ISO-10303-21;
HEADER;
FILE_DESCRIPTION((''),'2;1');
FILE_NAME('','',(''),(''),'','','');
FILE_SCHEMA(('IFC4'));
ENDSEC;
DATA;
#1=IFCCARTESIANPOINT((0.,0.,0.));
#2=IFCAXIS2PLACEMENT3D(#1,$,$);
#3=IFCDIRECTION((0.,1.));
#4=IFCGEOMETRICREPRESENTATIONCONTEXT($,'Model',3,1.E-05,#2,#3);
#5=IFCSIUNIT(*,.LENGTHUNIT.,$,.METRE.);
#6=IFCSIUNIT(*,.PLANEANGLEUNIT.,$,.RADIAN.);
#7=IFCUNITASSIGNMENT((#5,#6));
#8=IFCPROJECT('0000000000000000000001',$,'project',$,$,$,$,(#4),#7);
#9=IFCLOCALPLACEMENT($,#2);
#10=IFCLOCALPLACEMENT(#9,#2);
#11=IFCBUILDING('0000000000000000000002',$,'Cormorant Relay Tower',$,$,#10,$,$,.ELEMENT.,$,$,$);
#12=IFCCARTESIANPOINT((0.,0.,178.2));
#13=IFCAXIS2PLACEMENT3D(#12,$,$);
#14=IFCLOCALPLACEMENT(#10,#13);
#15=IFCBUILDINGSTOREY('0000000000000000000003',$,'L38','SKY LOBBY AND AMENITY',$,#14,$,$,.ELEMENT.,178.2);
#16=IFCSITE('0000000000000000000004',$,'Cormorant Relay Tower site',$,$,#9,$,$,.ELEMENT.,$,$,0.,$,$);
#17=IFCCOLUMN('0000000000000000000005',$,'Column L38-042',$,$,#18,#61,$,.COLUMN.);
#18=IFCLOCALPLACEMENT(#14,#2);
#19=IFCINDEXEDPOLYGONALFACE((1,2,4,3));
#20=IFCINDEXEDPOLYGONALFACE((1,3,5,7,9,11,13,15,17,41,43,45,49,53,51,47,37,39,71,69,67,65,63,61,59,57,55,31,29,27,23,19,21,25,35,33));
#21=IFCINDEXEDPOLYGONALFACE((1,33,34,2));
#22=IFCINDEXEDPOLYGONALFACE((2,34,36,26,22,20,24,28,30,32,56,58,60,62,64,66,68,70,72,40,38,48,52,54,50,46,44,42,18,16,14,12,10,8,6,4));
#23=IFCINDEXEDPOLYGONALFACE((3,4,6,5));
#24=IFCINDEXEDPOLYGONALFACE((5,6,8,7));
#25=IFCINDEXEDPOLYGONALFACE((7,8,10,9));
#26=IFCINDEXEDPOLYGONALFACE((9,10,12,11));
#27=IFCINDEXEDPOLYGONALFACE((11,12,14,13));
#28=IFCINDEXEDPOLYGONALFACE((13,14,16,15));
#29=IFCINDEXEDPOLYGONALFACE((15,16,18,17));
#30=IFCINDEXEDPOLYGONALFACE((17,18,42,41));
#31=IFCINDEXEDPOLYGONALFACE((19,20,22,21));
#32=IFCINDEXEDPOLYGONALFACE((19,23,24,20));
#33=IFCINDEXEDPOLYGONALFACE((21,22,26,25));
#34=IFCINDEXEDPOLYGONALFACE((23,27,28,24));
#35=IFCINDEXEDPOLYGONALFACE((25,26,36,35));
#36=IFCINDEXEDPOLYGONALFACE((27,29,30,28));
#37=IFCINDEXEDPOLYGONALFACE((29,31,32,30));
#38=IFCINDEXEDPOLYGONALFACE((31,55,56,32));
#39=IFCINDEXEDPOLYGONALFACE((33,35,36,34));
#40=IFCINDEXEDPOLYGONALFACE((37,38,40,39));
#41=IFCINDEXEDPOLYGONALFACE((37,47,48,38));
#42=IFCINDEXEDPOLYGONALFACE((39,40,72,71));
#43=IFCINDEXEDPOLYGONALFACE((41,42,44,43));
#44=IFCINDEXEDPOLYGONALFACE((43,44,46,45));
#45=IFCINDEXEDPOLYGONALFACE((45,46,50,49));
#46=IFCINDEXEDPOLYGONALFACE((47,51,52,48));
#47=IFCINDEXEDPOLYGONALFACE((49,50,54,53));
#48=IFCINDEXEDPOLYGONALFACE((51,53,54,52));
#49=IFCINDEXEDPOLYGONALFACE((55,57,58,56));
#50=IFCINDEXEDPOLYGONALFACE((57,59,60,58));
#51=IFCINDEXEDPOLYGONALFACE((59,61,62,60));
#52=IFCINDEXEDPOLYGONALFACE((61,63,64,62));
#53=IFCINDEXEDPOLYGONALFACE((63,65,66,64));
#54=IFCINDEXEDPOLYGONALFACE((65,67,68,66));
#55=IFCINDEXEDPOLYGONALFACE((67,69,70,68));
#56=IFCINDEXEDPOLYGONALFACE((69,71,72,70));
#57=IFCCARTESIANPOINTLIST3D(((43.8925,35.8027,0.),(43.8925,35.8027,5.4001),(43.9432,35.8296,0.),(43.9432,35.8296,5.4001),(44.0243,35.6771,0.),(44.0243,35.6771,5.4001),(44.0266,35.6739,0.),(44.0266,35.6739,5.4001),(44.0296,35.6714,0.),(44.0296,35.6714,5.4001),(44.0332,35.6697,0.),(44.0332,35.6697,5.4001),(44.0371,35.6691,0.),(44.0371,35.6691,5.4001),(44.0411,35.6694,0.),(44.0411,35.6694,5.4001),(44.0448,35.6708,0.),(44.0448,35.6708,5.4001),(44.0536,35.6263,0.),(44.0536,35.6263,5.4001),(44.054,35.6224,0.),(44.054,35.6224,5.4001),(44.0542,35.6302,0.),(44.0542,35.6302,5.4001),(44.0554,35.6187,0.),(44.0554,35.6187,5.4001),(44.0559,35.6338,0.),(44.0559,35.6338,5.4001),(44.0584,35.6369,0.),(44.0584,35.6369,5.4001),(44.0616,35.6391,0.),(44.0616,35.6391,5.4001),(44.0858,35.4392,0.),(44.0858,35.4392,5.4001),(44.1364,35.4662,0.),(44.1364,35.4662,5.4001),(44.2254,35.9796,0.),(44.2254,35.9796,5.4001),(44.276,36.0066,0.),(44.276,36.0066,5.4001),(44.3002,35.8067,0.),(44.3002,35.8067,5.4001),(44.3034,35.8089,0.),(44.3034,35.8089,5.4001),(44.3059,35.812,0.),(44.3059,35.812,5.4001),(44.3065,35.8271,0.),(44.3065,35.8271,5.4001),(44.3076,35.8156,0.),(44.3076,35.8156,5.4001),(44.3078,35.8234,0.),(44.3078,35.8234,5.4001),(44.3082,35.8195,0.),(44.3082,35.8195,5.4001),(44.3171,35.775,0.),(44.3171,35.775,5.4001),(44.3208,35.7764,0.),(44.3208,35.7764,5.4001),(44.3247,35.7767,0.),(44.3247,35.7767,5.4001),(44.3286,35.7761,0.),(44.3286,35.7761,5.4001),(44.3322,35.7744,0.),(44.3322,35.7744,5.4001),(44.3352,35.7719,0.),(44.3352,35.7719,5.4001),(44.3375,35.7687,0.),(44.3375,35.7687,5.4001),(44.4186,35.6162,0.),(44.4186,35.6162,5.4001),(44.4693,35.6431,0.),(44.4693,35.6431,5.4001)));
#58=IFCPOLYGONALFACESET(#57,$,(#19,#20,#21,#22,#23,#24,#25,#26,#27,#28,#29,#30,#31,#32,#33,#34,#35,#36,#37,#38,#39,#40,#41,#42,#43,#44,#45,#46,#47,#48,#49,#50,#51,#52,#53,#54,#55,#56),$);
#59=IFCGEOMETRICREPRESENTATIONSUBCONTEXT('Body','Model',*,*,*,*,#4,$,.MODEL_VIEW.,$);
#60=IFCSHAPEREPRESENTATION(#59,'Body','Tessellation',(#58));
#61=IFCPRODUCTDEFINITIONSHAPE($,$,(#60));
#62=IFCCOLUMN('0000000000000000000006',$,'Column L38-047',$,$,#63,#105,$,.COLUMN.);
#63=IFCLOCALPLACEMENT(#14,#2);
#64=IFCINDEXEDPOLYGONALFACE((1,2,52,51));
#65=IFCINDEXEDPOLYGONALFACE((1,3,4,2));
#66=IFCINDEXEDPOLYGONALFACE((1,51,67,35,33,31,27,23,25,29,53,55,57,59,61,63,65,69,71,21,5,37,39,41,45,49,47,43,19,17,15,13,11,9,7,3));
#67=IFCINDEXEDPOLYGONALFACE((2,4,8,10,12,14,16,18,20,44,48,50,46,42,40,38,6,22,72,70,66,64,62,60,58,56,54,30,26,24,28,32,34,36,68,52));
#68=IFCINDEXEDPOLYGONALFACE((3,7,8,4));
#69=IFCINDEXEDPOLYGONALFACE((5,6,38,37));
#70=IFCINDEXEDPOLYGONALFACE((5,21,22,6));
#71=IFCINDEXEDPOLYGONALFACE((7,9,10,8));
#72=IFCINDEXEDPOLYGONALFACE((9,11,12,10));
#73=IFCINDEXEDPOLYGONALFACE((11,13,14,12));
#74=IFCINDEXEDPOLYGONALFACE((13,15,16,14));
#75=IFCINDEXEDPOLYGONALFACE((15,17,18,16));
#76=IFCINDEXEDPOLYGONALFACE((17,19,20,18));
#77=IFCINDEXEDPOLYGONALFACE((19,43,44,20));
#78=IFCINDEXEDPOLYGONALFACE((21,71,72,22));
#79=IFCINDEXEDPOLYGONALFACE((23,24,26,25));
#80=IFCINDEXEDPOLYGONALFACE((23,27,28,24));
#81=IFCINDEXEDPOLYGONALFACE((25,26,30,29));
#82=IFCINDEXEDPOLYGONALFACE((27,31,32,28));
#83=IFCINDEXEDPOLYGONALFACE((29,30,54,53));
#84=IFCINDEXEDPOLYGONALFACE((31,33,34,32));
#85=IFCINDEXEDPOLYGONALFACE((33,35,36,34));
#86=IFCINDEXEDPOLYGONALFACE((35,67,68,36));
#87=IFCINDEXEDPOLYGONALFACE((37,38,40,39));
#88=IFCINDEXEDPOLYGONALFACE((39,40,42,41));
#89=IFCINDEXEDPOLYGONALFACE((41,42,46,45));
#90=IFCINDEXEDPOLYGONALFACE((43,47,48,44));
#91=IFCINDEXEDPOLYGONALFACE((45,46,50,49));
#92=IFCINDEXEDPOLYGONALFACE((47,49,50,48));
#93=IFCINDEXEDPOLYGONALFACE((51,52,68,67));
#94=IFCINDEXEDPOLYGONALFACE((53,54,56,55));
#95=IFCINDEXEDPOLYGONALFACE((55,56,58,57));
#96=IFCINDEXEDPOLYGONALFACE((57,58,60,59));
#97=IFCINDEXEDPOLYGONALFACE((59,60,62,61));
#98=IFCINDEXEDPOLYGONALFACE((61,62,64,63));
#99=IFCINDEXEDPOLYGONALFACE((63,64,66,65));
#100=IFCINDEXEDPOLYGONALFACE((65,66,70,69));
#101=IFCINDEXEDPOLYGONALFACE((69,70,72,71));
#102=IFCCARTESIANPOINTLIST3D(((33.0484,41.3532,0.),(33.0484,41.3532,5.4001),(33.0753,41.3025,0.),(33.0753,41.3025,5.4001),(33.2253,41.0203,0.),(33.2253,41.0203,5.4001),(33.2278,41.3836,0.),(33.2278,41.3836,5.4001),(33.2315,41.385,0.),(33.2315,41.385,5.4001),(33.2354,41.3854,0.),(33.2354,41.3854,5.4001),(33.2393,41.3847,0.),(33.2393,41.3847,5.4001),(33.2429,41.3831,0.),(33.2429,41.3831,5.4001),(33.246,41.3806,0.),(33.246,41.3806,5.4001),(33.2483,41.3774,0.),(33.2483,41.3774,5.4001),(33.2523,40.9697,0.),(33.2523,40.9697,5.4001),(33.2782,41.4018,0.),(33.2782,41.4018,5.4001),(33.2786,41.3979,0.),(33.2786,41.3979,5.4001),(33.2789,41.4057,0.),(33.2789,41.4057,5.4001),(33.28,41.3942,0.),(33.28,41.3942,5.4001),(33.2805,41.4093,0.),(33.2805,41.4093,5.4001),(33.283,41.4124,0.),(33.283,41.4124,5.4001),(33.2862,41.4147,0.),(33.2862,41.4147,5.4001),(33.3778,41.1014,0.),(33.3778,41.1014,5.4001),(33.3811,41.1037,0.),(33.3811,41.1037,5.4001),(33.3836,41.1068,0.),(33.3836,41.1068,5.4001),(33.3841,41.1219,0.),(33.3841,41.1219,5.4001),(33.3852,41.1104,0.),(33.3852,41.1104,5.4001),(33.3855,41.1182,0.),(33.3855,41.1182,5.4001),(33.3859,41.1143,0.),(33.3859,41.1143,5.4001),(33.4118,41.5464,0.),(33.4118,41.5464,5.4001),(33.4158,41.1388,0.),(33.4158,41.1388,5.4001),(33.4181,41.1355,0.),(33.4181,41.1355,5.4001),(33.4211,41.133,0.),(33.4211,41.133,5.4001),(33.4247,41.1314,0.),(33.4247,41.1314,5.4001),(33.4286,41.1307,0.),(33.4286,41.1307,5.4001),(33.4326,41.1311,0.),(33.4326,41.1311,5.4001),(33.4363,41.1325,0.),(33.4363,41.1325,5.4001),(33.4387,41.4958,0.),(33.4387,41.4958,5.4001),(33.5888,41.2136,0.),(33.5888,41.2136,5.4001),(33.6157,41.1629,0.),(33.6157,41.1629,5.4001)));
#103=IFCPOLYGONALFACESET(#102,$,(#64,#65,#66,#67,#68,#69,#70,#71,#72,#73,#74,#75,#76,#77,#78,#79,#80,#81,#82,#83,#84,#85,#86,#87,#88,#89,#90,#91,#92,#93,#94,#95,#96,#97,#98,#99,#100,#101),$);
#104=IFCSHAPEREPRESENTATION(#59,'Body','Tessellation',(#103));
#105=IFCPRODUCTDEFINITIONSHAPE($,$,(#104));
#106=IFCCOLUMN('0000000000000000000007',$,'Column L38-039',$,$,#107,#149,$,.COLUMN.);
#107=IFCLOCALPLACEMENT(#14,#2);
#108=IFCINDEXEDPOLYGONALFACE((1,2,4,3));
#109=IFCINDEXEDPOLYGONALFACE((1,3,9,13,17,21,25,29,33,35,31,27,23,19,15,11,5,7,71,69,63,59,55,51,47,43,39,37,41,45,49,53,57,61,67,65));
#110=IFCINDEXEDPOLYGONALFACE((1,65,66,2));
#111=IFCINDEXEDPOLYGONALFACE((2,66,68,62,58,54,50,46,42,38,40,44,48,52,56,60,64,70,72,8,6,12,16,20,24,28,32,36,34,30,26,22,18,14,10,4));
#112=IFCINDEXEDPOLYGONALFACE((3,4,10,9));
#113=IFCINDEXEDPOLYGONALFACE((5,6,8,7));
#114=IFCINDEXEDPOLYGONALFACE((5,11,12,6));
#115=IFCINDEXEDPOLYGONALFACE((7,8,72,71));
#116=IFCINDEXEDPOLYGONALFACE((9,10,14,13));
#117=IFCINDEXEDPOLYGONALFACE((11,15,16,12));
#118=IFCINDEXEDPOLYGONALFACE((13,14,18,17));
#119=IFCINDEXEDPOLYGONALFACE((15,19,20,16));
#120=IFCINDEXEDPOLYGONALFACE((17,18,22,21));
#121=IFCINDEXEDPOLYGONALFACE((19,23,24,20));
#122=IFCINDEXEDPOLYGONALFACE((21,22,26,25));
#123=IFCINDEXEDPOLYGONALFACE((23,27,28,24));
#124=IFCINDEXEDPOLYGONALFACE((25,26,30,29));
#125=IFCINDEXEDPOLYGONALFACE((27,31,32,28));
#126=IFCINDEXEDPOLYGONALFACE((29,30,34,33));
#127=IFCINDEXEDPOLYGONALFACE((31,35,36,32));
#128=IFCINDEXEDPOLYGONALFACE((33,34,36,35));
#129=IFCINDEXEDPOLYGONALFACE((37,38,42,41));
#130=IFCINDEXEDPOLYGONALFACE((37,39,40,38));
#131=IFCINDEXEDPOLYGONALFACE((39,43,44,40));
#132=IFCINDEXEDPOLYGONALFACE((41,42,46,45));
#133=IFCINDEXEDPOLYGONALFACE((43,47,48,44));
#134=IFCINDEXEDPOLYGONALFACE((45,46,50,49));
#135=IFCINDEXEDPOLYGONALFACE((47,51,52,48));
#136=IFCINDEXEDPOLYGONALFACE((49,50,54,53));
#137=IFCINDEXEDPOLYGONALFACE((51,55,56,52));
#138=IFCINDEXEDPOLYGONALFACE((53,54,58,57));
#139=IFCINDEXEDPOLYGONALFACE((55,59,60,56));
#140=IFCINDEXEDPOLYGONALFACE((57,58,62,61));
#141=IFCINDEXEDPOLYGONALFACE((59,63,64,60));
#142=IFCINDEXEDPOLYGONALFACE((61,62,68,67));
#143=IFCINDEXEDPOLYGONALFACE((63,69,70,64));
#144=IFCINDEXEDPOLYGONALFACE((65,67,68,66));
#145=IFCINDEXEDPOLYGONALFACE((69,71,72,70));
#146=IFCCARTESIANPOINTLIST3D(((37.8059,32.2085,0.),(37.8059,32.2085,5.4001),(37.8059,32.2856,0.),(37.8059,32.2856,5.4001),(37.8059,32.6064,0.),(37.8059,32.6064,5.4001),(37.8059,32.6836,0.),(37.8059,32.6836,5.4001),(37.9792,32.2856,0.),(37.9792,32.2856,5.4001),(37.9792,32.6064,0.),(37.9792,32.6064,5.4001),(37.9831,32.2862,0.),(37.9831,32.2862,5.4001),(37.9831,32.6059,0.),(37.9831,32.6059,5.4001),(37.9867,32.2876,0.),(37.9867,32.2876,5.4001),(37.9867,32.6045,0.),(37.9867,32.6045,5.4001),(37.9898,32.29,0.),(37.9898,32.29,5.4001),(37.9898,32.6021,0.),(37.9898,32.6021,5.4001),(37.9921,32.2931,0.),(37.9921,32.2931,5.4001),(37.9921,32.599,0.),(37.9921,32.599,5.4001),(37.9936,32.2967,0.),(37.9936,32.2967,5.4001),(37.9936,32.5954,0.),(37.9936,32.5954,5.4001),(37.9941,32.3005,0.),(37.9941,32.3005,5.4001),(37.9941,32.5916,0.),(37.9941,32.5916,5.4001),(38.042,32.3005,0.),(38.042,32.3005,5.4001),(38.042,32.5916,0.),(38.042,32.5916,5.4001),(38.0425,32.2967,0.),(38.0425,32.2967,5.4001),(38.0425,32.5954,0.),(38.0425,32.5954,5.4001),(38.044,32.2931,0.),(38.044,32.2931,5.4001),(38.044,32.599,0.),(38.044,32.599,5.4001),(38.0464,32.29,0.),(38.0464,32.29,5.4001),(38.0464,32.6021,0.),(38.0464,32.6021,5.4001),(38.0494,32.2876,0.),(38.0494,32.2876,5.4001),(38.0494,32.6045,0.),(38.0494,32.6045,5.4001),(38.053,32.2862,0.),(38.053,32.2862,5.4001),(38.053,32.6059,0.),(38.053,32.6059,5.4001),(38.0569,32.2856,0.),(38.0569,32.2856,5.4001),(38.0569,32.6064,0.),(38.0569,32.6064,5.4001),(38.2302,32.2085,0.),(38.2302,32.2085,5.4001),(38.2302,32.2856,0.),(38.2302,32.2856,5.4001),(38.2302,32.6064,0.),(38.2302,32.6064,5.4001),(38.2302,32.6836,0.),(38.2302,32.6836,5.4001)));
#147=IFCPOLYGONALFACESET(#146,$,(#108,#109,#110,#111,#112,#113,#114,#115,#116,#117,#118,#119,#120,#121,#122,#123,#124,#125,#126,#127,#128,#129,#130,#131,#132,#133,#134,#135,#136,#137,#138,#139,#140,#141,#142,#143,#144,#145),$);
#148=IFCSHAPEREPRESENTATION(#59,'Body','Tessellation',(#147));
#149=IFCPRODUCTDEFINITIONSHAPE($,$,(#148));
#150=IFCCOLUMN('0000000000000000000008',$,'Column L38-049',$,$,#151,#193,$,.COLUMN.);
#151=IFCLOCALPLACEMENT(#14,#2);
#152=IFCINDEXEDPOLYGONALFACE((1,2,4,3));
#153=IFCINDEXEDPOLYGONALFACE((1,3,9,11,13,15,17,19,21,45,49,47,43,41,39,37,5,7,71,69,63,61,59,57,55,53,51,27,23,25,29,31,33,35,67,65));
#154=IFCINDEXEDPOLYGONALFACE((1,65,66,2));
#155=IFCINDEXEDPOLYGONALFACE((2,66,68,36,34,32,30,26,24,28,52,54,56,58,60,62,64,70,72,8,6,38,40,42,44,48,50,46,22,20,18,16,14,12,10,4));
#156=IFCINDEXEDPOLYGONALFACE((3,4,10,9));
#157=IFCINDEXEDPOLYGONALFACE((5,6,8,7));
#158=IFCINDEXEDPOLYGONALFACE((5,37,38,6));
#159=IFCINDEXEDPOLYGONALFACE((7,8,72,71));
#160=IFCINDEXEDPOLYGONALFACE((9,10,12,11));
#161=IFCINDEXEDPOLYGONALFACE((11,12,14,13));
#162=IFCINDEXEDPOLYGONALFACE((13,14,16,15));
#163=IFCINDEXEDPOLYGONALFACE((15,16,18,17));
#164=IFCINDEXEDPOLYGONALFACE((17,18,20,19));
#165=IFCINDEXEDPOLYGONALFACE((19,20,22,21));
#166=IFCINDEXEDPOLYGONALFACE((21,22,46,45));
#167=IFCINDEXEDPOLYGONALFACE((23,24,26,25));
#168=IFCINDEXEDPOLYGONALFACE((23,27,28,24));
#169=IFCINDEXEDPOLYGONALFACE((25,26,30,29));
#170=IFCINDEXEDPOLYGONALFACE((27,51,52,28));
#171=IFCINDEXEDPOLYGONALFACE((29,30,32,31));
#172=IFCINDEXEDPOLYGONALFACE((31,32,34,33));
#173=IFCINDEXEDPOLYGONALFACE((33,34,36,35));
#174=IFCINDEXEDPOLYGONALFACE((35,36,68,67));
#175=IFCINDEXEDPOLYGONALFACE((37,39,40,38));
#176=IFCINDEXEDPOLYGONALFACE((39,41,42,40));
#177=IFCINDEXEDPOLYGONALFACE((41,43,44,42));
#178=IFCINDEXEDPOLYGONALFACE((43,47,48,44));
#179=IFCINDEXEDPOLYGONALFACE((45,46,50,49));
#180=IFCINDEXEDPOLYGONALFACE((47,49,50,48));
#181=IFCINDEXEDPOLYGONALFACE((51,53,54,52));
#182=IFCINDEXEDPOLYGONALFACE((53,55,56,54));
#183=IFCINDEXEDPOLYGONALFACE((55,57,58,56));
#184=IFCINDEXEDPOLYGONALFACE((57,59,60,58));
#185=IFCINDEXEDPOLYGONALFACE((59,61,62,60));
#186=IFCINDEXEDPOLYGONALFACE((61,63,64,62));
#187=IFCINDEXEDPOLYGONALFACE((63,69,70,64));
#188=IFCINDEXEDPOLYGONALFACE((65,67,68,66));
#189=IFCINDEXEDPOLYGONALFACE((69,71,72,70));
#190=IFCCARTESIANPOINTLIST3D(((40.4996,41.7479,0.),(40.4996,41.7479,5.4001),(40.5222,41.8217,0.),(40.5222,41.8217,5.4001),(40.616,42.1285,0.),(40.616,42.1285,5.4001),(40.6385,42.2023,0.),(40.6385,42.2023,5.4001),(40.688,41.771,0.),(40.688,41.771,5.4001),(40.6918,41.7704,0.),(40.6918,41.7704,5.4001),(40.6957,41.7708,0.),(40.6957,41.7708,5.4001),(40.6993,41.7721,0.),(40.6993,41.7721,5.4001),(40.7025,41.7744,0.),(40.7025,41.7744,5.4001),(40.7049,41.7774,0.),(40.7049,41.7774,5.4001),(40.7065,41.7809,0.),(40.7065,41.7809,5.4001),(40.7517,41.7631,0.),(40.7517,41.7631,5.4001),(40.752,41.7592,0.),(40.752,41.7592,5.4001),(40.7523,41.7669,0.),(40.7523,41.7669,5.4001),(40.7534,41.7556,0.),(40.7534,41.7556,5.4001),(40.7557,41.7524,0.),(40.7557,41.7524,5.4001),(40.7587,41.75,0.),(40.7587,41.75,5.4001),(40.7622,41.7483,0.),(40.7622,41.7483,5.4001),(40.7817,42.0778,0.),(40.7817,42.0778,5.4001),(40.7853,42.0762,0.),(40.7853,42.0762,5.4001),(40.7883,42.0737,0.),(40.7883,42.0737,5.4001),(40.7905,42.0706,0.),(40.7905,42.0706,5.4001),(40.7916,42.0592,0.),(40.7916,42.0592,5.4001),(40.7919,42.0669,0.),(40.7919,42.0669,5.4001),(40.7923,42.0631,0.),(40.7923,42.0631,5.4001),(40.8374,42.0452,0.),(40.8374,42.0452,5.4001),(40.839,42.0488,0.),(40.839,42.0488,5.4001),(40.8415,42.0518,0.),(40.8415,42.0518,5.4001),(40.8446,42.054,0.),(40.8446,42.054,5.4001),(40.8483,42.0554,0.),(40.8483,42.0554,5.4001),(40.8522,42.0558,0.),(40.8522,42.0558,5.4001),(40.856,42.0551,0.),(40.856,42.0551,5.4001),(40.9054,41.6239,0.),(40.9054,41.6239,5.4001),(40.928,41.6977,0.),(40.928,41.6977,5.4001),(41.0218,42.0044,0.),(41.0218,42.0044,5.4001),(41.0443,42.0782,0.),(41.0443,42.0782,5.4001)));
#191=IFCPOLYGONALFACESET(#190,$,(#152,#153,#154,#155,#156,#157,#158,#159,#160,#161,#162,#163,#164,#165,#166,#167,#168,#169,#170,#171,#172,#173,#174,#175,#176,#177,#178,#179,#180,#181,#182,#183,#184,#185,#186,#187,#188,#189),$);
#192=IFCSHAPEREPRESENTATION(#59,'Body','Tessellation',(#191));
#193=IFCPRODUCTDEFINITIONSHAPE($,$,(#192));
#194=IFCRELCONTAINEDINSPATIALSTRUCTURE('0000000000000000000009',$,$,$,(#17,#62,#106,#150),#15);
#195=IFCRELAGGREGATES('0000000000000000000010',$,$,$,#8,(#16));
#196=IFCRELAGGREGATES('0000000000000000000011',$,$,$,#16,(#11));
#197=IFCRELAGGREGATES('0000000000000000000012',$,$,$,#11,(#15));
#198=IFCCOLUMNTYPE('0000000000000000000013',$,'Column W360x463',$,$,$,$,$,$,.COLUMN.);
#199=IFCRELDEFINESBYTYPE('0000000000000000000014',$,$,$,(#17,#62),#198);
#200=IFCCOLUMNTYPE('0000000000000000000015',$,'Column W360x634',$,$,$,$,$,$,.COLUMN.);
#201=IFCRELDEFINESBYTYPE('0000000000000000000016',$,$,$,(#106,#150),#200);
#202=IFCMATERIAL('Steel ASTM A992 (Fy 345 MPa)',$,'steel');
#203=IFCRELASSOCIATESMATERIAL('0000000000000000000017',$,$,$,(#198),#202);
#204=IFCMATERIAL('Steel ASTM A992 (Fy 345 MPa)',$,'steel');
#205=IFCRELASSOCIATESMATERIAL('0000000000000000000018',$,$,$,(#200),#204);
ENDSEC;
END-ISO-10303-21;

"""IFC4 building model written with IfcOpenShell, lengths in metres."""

from ifc_helpers import new_model, si_unit, direction, frame, origin, origin_2d, place, context, subcontext, project, spatial, i_section, extrude, material, material_profile, profile_set, type_object, element, save


model = new_model("IFC4")

# Units and contexts
model_context = context("Model", 3, precision=1e-05, world=origin(), true_north=direction((0.0, 1.0)))
body_context = subcontext(model_context, "Body", "Model", "MODEL_VIEW")
ifc_project = project(units=[si_unit("LENGTHUNIT", "METRE"), si_unit("PLANEANGLEUNIT", "RADIAN")], contexts=[model_context])

# Site, building, storey
site_placement = place(None, origin())
site = spatial("IfcSite", under=ifc_project, at=site_placement, Name="Cormorant Relay Tower site", CompositionType="ELEMENT", RefElevation=0.0)
building_placement = place(site_placement, origin())
building = spatial("IfcBuilding", under=site, at=building_placement, Name="Cormorant Relay Tower", CompositionType="ELEMENT")
storey_placement = place(building_placement, frame((0.0, 0.0, 178.2)))
storey = spatial("IfcBuildingStorey", under=building, at=storey_placement, Name="L38", Description="SKY LOBBY AND AMENITY", CompositionType="ELEMENT", Elevation=178.2)

# Columns
ifc_material_1 = material(Name="Steel ASTM A992 (Fy 345 MPa)", Category="steel")
ifc_material_profile_1 = material_profile(ifc_material_1, i_section(OverallWidth=0.4116, OverallDepth=0.4343, WebThickness=0.0359, FlangeThickness=0.0574, FilletRadius=0.0151, at=origin_2d()), Name="W360x463")
ifc_profile_set_1 = profile_set([ifc_material_profile_1], Name="Steel ASTM A992 (Fy 345 MPa)")
column_type_1 = type_object("IfcColumnType", Name="Column W360x463", PredefinedType="COLUMN", material=ifc_profile_set_1)
for number, where, z_axis, x_axis, name in (
    (1, (44.1809, 35.7229, 0.0), (0.0, 0.0, 1.0), (-0.469472, 0.882948, 0.0), "Column L38-042"),
    (2, (33.332, 41.2581, 0.0), (0.0, 0.0, 1.0), (-0.882948, -0.469472, 0.0), "Column L38-047"),
):
    element("IfcColumn", number, at=place(storey_placement, frame(where, z_axis=z_axis, x_axis=x_axis)), inside=storey, type_object=column_type_1, Name=name, PredefinedType="COLUMN", context=body_context, shape_type="SweptSolid", body=[
        extrude(i_section(OverallWidth=0.4116, OverallDepth=0.4343, WebThickness=0.0359, FlangeThickness=0.0574, FilletRadius=0.0151, at=origin_2d()), origin(), (0.0, 0.0, 1.0), 5.4001),
    ])
ifc_material_2 = material(Name="Steel ASTM A992 (Fy 345 MPa)", Category="steel")
ifc_material_profile_2 = material_profile(ifc_material_2, i_section(OverallWidth=0.4243, OverallDepth=0.4751, WebThickness=0.0479, FlangeThickness=0.0771, FilletRadius=0.0149, at=origin_2d()), Name="W360x634")
ifc_profile_set_2 = profile_set([ifc_material_profile_2], Name="Steel ASTM A992 (Fy 345 MPa)")
column_type_2 = type_object("IfcColumnType", Name="Column W360x634", PredefinedType="COLUMN", material=ifc_profile_set_2)
for number, where, z_axis, x_axis, name in (
    (3, (38.0181, 32.446, 0.0), (0.0, 0.0, 1.0), (1.0, 0.0, 0.0), "Column L38-039"),
    (4, (40.772, 41.9131, 0.0), (0.0, 0.0, 1.0), (-0.956305, 0.292372, 0.0), "Column L38-049"),
):
    element("IfcColumn", number, at=place(storey_placement, frame(where, z_axis=z_axis, x_axis=x_axis)), inside=storey, type_object=column_type_2, Name=name, PredefinedType="COLUMN", context=body_context, shape_type="SweptSolid", body=[
        extrude(i_section(OverallWidth=0.4243, OverallDepth=0.4751, WebThickness=0.0479, FlangeThickness=0.0771, FilletRadius=0.0149, at=origin_2d()), origin(), (0.0, 0.0, 1.0), 5.4001),
    ])

save(model, "model.ifc")
